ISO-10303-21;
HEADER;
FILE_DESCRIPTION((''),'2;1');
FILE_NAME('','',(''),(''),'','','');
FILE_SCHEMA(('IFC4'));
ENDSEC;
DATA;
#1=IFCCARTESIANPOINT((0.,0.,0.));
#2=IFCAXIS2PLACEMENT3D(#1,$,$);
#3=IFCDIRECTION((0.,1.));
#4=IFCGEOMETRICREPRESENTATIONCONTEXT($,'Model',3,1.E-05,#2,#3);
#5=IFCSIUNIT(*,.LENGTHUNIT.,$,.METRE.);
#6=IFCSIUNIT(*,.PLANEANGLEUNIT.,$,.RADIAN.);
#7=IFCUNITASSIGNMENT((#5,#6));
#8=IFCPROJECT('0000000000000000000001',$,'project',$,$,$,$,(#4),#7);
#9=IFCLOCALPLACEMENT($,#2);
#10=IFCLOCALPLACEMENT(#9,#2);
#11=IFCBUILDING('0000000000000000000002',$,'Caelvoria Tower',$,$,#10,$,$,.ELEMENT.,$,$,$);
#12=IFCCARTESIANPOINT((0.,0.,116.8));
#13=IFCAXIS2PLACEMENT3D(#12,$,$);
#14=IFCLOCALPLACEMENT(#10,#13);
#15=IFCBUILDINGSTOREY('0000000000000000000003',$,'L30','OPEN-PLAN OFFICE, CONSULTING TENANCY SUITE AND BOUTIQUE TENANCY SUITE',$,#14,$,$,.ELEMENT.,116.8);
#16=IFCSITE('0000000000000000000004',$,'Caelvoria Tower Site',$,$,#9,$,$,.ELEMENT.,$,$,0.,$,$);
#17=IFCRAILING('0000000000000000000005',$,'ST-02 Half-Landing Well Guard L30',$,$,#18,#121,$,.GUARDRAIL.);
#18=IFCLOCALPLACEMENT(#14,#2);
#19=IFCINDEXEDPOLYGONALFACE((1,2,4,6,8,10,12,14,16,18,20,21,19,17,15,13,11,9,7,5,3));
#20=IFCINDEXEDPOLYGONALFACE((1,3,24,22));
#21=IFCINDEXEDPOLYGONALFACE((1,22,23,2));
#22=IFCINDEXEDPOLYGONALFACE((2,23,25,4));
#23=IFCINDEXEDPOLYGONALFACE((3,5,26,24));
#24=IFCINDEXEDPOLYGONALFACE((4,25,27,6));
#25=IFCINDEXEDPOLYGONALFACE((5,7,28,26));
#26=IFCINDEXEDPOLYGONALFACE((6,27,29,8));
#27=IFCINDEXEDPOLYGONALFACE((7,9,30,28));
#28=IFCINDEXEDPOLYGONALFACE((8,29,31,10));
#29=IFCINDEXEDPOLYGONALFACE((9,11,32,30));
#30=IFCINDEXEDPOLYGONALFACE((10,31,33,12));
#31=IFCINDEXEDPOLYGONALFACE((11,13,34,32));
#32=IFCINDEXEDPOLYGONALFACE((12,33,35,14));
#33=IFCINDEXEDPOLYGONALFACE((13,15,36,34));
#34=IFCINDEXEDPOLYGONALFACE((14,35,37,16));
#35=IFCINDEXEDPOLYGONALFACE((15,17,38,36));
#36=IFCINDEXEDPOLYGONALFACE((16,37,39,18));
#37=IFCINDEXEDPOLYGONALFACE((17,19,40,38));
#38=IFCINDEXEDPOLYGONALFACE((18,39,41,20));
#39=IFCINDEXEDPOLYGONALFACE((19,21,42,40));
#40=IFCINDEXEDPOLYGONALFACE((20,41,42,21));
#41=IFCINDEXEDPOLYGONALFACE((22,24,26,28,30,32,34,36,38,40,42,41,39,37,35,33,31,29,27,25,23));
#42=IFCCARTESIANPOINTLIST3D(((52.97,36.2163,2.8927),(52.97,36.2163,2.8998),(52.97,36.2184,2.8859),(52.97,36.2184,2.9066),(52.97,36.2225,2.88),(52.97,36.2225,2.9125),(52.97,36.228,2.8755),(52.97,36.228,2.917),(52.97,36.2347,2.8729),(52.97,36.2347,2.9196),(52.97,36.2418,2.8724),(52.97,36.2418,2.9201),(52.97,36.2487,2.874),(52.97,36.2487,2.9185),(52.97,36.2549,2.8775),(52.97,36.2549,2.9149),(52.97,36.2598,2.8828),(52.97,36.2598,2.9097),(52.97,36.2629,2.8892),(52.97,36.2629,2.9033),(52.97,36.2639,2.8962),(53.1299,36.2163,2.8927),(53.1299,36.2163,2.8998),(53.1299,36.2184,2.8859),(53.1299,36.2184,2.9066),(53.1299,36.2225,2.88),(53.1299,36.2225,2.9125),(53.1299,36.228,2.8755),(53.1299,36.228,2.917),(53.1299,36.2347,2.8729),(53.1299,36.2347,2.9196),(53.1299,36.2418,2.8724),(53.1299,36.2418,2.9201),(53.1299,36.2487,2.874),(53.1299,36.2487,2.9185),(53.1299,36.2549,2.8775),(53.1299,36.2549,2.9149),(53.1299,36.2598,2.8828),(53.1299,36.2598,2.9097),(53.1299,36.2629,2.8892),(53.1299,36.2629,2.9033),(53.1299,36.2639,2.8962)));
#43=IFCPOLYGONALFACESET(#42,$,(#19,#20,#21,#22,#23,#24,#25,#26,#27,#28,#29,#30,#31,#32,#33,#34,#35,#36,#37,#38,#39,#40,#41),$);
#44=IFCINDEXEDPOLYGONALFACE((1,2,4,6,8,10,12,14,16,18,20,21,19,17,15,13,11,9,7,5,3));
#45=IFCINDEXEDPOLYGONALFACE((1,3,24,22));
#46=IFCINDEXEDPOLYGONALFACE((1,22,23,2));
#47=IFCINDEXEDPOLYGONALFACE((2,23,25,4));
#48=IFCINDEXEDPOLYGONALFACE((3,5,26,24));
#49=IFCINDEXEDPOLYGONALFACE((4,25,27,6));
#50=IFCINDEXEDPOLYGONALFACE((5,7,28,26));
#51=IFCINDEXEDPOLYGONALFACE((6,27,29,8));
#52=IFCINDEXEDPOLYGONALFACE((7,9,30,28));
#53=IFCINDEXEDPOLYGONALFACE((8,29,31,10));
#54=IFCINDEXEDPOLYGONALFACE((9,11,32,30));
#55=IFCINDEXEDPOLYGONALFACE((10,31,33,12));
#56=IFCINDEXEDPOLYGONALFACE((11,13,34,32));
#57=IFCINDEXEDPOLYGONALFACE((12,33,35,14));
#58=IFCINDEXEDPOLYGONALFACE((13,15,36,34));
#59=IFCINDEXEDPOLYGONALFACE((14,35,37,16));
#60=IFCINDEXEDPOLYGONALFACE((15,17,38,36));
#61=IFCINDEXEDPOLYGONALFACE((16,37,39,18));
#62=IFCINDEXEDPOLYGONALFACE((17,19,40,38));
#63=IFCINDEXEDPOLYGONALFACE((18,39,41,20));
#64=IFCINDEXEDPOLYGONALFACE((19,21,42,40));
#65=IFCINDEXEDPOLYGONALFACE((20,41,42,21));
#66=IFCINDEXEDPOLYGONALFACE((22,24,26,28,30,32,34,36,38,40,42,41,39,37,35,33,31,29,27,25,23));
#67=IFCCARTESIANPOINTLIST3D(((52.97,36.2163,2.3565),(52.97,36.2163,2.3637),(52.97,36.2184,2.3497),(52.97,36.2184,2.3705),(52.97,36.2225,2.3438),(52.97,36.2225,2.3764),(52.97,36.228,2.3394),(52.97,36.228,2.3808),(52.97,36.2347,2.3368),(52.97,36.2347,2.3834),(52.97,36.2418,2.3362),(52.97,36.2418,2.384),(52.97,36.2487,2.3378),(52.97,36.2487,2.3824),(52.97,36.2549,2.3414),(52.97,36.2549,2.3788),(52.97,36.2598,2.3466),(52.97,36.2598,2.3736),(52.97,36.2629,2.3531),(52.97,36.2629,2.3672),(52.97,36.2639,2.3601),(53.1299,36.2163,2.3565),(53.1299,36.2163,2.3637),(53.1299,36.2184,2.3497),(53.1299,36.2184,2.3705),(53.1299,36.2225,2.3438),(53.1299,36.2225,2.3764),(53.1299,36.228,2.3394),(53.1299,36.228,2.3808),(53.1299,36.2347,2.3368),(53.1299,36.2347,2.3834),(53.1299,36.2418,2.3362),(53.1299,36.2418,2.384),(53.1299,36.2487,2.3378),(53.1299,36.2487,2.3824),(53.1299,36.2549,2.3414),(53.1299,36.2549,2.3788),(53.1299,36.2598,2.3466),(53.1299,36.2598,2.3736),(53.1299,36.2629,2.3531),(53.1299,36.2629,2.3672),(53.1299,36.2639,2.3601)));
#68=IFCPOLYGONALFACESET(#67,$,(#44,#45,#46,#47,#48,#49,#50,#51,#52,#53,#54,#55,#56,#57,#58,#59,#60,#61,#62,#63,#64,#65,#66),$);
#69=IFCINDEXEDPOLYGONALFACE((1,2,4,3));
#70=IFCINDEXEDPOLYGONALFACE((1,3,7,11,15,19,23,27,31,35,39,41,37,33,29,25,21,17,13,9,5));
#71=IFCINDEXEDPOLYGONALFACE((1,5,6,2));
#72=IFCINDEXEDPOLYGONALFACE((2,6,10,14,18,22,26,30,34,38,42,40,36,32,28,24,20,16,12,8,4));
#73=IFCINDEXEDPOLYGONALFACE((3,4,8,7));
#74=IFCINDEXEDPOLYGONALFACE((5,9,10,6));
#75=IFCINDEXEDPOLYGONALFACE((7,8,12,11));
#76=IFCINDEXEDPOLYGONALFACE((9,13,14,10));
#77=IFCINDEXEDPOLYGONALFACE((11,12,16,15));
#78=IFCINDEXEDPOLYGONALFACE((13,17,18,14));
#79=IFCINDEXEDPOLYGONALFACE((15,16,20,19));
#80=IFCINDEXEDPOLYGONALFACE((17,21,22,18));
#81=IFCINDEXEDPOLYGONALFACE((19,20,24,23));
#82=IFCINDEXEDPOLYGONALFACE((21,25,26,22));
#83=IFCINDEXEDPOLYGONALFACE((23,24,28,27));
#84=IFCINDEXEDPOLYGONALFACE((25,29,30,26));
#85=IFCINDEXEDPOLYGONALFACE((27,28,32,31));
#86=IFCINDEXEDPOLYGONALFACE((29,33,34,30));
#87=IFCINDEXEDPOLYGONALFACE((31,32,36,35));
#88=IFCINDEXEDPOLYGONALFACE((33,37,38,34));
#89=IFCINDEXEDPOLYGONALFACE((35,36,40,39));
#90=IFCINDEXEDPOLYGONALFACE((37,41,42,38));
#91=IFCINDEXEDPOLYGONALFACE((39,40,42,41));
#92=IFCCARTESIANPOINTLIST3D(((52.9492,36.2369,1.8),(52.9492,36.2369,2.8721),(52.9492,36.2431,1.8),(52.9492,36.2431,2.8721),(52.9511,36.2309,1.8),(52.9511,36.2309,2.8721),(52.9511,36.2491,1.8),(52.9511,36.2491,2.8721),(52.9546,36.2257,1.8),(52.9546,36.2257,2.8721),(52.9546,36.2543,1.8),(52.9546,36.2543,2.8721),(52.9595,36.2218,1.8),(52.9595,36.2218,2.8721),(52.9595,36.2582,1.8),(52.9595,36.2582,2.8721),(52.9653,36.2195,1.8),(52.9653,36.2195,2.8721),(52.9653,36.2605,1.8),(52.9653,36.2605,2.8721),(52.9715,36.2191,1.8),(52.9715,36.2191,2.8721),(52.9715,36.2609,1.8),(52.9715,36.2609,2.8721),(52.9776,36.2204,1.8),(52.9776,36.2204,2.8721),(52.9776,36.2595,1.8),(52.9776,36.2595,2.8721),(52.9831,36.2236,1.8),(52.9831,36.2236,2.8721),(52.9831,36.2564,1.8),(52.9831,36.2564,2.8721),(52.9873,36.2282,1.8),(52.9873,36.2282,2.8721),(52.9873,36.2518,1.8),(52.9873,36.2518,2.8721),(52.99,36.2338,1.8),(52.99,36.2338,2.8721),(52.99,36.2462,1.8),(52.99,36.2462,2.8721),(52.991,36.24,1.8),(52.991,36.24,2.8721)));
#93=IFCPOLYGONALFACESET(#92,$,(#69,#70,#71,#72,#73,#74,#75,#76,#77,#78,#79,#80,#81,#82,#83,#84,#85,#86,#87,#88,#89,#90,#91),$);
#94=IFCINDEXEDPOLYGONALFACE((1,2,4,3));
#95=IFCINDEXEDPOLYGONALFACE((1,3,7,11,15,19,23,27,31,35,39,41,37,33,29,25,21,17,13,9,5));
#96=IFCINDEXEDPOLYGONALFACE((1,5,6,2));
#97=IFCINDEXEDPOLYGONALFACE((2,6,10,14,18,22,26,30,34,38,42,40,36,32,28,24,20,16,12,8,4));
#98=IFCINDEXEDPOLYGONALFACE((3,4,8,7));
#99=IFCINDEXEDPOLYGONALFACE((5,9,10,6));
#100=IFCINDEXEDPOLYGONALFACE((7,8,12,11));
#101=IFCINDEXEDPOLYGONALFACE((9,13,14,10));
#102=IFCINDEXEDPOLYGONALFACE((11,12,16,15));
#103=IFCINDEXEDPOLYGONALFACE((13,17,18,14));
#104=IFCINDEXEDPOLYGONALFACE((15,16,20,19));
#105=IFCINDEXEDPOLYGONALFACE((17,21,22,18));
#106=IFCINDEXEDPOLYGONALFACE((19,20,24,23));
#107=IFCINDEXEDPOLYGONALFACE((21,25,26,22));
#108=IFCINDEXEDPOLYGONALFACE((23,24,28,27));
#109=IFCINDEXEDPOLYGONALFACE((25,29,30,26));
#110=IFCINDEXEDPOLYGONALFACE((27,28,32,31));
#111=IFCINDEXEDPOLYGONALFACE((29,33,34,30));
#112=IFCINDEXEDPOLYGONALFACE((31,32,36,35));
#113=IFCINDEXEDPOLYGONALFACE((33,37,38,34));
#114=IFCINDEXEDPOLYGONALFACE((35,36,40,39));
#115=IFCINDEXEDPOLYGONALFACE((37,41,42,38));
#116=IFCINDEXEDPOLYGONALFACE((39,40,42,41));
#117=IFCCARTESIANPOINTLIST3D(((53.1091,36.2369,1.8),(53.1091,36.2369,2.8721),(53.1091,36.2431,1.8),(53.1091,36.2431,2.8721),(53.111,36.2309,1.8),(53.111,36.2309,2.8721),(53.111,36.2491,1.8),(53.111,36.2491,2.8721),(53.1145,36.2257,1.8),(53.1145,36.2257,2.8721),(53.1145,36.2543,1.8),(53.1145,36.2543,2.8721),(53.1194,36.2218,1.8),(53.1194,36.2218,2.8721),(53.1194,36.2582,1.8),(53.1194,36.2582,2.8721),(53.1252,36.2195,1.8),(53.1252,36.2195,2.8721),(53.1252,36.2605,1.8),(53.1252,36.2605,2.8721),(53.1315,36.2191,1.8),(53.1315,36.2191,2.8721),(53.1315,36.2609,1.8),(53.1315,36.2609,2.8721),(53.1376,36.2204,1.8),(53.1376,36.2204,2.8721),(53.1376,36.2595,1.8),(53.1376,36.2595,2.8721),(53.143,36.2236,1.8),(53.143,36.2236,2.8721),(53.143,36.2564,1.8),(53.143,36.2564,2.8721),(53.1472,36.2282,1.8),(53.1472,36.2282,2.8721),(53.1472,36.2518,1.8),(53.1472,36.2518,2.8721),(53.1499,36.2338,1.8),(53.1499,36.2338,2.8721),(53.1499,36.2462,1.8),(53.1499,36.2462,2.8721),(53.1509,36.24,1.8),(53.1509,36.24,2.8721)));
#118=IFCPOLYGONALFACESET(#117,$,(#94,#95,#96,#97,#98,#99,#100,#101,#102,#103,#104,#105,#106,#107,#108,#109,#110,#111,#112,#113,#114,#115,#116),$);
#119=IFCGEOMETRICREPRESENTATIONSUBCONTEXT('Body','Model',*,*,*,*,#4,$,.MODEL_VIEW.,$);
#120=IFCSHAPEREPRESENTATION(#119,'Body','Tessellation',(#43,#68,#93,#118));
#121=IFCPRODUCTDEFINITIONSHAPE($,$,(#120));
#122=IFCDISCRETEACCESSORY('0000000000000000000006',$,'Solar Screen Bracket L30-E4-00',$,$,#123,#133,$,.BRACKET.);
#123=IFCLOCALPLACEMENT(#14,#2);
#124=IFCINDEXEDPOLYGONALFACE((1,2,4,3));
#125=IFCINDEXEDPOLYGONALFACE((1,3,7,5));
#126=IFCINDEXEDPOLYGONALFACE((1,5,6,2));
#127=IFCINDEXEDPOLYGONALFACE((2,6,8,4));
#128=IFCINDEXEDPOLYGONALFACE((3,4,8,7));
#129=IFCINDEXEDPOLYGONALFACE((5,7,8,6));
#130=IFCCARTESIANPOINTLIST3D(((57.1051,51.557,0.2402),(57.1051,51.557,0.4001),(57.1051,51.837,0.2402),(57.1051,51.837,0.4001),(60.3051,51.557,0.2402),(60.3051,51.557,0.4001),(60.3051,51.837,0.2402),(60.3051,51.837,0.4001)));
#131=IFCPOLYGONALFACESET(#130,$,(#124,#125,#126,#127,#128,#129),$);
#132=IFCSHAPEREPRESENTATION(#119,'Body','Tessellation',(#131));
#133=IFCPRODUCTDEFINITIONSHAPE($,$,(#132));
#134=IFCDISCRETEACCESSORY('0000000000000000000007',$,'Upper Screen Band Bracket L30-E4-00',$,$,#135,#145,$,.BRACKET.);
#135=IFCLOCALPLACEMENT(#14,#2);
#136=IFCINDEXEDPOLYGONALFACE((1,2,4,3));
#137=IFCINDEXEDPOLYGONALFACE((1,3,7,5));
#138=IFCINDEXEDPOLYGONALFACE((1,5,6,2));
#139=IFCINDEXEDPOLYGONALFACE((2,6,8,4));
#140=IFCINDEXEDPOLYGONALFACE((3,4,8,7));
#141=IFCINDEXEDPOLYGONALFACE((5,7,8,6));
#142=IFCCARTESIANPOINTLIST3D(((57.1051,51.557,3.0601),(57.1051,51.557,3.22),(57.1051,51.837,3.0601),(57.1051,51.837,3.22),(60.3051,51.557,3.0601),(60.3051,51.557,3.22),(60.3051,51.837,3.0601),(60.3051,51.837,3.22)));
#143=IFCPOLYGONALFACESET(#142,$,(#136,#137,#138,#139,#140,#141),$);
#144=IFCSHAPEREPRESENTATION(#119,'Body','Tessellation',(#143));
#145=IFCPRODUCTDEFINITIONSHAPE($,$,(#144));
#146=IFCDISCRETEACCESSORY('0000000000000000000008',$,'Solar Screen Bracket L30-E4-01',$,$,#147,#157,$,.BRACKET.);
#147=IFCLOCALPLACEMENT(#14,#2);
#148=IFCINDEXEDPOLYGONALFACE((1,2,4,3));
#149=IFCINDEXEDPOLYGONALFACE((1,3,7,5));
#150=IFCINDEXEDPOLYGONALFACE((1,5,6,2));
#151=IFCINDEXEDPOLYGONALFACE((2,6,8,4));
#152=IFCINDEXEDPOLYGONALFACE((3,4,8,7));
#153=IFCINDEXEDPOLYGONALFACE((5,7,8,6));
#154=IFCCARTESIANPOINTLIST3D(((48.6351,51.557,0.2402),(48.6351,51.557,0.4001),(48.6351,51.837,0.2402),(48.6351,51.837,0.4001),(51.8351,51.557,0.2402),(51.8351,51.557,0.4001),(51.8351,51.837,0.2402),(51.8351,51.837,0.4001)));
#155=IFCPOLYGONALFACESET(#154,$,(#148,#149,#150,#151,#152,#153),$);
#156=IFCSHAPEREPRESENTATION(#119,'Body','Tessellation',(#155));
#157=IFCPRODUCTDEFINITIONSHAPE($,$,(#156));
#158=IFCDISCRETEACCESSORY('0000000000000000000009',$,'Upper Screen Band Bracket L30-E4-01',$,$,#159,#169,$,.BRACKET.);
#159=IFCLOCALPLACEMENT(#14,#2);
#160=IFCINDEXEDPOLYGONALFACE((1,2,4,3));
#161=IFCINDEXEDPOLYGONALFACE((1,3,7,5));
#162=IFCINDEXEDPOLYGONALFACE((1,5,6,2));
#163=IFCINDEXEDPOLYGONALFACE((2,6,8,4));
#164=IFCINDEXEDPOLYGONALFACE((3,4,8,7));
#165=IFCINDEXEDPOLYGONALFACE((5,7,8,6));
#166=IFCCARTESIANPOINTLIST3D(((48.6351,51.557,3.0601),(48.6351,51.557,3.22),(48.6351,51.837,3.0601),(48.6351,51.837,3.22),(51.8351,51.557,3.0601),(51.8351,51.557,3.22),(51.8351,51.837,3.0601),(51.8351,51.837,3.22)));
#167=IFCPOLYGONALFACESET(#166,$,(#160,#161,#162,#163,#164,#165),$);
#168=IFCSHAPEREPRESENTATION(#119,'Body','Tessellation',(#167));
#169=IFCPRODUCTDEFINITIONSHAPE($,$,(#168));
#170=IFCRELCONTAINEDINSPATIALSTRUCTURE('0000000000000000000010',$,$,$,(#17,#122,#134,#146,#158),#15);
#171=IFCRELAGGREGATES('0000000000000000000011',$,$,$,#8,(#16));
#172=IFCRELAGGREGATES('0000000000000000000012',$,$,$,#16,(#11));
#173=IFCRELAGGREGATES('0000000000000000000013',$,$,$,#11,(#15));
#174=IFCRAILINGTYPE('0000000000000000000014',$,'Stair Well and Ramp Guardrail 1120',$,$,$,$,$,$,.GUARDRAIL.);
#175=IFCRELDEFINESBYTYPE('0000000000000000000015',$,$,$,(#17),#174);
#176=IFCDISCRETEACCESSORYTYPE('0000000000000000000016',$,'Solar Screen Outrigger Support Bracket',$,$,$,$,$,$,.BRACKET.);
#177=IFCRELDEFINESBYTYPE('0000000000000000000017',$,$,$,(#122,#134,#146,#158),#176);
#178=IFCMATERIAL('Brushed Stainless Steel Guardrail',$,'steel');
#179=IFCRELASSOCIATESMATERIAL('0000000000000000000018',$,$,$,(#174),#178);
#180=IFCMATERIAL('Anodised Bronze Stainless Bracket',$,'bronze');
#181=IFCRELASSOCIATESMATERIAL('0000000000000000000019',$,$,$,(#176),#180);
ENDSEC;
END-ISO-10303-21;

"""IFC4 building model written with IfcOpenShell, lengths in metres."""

from ifc_helpers import new_model, si_unit, direction, frame, origin, origin_2d, place, context, subcontext, project, spatial, rectangle, circle, extrude, material, type_object, element, save


model = new_model("IFC4")

# Units and contexts
model_context = context("Model", 3, precision=1e-05, world=origin(), true_north=direction((0.0, 1.0)))
body_context = subcontext(model_context, "Body", "Model", "MODEL_VIEW")
ifc_project = project(units=[si_unit("LENGTHUNIT", "METRE"), si_unit("PLANEANGLEUNIT", "RADIAN")], contexts=[model_context])

# Site, building, storey
site_placement = place(None, origin())
site = spatial("IfcSite", under=ifc_project, at=site_placement, Name="Caelvoria Tower Site", CompositionType="ELEMENT", RefElevation=0.0)
building_placement = place(site_placement, origin())
building = spatial("IfcBuilding", under=site, at=building_placement, Name="Caelvoria Tower", CompositionType="ELEMENT")
storey_placement = place(building_placement, frame((0.0, 0.0, 116.8)))
storey = spatial("IfcBuildingStorey", under=building, at=storey_placement, Name="L30", Description="OPEN-PLAN OFFICE, CONSULTING TENANCY SUITE AND BOUTIQUE TENANCY SUITE", CompositionType="ELEMENT", Elevation=116.8)

# Railing
ifc_material_1 = material(Name="Brushed Stainless Steel Guardrail", Category="steel")
railing_type_1 = type_object("IfcRailingType", Name="Stair Well and Ramp Guardrail 1120", PredefinedType="GUARDRAIL", material=ifc_material_1)
railing_1_placement = place(storey_placement, frame((52.97, 36.24, 1.8)))
element("IfcRailing", 1, at=railing_1_placement, inside=storey, type_object=railing_type_1, Name="ST-02 Half-Landing Well Guard L30", PredefinedType="GUARDRAIL", context=body_context, shape_type="SweptSolid", body=[
    extrude(circle(Radius=0.0239, at=origin_2d()), frame((0.0, 0.0, 1.0962), z_axis=(1.0, 0.0, 0.0), x_axis=(0.0, 1.0, 0.0)), (0.0, 0.0, 1.0), 0.1599),
    extrude(circle(Radius=0.0239, at=origin_2d()), frame((0.0, 0.0, 0.5601), z_axis=(1.0, 0.0, 0.0), x_axis=(0.0, 1.0, 0.0)), (0.0, 0.0, 1.0), 0.1599),
    extrude(circle(Radius=0.021, at=origin_2d()), origin(), (0.0, 0.0, 1.0), 1.072),
    extrude(circle(Radius=0.021, at=origin_2d()), frame((0.1599, 0.0, 0.0)), (0.0, 0.0, 1.0), 1.072),
])

# Discrete accessories
ifc_material_2 = material(Name="Anodised Bronze Stainless Bracket", Category="bronze")
discrete_accessory_type = type_object("IfcDiscreteAccessoryType", Name="Solar Screen Outrigger Support Bracket", PredefinedType="BRACKET", material=ifc_material_2)
for number, where, z_axis, x_axis, name in (
    (2, (58.7051, 51.697, 0.2402), (0.0, 0.0, 1.0), (-1.0, 0.0, 0.0), "Solar Screen Bracket L30-E4-00"),
    (3, (58.7051, 51.697, 3.0601), (0.0, 0.0, 1.0), (-1.0, 0.0, 0.0), "Upper Screen Band Bracket L30-E4-00"),
    (4, (50.2351, 51.697, 0.2402), (0.0, 0.0, 1.0), (-1.0, 0.0, 0.0), "Solar Screen Bracket L30-E4-01"),
    (5, (50.2351, 51.697, 3.0601), (0.0, 0.0, 1.0), (-1.0, 0.0, 0.0), "Upper Screen Band Bracket L30-E4-01"),
):
    element("IfcDiscreteAccessory", number, at=place(storey_placement, frame(where, z_axis=z_axis, x_axis=x_axis)), inside=storey, type_object=discrete_accessory_type, Name=name, PredefinedType="BRACKET", context=body_context, shape_type="SweptSolid", body=[
        extrude(rectangle(XDim=3.2, YDim=0.28, at=origin_2d()), origin(), (0.0, 0.0, 1.0), 0.1599),
    ])

save(model, "model.ifc")
